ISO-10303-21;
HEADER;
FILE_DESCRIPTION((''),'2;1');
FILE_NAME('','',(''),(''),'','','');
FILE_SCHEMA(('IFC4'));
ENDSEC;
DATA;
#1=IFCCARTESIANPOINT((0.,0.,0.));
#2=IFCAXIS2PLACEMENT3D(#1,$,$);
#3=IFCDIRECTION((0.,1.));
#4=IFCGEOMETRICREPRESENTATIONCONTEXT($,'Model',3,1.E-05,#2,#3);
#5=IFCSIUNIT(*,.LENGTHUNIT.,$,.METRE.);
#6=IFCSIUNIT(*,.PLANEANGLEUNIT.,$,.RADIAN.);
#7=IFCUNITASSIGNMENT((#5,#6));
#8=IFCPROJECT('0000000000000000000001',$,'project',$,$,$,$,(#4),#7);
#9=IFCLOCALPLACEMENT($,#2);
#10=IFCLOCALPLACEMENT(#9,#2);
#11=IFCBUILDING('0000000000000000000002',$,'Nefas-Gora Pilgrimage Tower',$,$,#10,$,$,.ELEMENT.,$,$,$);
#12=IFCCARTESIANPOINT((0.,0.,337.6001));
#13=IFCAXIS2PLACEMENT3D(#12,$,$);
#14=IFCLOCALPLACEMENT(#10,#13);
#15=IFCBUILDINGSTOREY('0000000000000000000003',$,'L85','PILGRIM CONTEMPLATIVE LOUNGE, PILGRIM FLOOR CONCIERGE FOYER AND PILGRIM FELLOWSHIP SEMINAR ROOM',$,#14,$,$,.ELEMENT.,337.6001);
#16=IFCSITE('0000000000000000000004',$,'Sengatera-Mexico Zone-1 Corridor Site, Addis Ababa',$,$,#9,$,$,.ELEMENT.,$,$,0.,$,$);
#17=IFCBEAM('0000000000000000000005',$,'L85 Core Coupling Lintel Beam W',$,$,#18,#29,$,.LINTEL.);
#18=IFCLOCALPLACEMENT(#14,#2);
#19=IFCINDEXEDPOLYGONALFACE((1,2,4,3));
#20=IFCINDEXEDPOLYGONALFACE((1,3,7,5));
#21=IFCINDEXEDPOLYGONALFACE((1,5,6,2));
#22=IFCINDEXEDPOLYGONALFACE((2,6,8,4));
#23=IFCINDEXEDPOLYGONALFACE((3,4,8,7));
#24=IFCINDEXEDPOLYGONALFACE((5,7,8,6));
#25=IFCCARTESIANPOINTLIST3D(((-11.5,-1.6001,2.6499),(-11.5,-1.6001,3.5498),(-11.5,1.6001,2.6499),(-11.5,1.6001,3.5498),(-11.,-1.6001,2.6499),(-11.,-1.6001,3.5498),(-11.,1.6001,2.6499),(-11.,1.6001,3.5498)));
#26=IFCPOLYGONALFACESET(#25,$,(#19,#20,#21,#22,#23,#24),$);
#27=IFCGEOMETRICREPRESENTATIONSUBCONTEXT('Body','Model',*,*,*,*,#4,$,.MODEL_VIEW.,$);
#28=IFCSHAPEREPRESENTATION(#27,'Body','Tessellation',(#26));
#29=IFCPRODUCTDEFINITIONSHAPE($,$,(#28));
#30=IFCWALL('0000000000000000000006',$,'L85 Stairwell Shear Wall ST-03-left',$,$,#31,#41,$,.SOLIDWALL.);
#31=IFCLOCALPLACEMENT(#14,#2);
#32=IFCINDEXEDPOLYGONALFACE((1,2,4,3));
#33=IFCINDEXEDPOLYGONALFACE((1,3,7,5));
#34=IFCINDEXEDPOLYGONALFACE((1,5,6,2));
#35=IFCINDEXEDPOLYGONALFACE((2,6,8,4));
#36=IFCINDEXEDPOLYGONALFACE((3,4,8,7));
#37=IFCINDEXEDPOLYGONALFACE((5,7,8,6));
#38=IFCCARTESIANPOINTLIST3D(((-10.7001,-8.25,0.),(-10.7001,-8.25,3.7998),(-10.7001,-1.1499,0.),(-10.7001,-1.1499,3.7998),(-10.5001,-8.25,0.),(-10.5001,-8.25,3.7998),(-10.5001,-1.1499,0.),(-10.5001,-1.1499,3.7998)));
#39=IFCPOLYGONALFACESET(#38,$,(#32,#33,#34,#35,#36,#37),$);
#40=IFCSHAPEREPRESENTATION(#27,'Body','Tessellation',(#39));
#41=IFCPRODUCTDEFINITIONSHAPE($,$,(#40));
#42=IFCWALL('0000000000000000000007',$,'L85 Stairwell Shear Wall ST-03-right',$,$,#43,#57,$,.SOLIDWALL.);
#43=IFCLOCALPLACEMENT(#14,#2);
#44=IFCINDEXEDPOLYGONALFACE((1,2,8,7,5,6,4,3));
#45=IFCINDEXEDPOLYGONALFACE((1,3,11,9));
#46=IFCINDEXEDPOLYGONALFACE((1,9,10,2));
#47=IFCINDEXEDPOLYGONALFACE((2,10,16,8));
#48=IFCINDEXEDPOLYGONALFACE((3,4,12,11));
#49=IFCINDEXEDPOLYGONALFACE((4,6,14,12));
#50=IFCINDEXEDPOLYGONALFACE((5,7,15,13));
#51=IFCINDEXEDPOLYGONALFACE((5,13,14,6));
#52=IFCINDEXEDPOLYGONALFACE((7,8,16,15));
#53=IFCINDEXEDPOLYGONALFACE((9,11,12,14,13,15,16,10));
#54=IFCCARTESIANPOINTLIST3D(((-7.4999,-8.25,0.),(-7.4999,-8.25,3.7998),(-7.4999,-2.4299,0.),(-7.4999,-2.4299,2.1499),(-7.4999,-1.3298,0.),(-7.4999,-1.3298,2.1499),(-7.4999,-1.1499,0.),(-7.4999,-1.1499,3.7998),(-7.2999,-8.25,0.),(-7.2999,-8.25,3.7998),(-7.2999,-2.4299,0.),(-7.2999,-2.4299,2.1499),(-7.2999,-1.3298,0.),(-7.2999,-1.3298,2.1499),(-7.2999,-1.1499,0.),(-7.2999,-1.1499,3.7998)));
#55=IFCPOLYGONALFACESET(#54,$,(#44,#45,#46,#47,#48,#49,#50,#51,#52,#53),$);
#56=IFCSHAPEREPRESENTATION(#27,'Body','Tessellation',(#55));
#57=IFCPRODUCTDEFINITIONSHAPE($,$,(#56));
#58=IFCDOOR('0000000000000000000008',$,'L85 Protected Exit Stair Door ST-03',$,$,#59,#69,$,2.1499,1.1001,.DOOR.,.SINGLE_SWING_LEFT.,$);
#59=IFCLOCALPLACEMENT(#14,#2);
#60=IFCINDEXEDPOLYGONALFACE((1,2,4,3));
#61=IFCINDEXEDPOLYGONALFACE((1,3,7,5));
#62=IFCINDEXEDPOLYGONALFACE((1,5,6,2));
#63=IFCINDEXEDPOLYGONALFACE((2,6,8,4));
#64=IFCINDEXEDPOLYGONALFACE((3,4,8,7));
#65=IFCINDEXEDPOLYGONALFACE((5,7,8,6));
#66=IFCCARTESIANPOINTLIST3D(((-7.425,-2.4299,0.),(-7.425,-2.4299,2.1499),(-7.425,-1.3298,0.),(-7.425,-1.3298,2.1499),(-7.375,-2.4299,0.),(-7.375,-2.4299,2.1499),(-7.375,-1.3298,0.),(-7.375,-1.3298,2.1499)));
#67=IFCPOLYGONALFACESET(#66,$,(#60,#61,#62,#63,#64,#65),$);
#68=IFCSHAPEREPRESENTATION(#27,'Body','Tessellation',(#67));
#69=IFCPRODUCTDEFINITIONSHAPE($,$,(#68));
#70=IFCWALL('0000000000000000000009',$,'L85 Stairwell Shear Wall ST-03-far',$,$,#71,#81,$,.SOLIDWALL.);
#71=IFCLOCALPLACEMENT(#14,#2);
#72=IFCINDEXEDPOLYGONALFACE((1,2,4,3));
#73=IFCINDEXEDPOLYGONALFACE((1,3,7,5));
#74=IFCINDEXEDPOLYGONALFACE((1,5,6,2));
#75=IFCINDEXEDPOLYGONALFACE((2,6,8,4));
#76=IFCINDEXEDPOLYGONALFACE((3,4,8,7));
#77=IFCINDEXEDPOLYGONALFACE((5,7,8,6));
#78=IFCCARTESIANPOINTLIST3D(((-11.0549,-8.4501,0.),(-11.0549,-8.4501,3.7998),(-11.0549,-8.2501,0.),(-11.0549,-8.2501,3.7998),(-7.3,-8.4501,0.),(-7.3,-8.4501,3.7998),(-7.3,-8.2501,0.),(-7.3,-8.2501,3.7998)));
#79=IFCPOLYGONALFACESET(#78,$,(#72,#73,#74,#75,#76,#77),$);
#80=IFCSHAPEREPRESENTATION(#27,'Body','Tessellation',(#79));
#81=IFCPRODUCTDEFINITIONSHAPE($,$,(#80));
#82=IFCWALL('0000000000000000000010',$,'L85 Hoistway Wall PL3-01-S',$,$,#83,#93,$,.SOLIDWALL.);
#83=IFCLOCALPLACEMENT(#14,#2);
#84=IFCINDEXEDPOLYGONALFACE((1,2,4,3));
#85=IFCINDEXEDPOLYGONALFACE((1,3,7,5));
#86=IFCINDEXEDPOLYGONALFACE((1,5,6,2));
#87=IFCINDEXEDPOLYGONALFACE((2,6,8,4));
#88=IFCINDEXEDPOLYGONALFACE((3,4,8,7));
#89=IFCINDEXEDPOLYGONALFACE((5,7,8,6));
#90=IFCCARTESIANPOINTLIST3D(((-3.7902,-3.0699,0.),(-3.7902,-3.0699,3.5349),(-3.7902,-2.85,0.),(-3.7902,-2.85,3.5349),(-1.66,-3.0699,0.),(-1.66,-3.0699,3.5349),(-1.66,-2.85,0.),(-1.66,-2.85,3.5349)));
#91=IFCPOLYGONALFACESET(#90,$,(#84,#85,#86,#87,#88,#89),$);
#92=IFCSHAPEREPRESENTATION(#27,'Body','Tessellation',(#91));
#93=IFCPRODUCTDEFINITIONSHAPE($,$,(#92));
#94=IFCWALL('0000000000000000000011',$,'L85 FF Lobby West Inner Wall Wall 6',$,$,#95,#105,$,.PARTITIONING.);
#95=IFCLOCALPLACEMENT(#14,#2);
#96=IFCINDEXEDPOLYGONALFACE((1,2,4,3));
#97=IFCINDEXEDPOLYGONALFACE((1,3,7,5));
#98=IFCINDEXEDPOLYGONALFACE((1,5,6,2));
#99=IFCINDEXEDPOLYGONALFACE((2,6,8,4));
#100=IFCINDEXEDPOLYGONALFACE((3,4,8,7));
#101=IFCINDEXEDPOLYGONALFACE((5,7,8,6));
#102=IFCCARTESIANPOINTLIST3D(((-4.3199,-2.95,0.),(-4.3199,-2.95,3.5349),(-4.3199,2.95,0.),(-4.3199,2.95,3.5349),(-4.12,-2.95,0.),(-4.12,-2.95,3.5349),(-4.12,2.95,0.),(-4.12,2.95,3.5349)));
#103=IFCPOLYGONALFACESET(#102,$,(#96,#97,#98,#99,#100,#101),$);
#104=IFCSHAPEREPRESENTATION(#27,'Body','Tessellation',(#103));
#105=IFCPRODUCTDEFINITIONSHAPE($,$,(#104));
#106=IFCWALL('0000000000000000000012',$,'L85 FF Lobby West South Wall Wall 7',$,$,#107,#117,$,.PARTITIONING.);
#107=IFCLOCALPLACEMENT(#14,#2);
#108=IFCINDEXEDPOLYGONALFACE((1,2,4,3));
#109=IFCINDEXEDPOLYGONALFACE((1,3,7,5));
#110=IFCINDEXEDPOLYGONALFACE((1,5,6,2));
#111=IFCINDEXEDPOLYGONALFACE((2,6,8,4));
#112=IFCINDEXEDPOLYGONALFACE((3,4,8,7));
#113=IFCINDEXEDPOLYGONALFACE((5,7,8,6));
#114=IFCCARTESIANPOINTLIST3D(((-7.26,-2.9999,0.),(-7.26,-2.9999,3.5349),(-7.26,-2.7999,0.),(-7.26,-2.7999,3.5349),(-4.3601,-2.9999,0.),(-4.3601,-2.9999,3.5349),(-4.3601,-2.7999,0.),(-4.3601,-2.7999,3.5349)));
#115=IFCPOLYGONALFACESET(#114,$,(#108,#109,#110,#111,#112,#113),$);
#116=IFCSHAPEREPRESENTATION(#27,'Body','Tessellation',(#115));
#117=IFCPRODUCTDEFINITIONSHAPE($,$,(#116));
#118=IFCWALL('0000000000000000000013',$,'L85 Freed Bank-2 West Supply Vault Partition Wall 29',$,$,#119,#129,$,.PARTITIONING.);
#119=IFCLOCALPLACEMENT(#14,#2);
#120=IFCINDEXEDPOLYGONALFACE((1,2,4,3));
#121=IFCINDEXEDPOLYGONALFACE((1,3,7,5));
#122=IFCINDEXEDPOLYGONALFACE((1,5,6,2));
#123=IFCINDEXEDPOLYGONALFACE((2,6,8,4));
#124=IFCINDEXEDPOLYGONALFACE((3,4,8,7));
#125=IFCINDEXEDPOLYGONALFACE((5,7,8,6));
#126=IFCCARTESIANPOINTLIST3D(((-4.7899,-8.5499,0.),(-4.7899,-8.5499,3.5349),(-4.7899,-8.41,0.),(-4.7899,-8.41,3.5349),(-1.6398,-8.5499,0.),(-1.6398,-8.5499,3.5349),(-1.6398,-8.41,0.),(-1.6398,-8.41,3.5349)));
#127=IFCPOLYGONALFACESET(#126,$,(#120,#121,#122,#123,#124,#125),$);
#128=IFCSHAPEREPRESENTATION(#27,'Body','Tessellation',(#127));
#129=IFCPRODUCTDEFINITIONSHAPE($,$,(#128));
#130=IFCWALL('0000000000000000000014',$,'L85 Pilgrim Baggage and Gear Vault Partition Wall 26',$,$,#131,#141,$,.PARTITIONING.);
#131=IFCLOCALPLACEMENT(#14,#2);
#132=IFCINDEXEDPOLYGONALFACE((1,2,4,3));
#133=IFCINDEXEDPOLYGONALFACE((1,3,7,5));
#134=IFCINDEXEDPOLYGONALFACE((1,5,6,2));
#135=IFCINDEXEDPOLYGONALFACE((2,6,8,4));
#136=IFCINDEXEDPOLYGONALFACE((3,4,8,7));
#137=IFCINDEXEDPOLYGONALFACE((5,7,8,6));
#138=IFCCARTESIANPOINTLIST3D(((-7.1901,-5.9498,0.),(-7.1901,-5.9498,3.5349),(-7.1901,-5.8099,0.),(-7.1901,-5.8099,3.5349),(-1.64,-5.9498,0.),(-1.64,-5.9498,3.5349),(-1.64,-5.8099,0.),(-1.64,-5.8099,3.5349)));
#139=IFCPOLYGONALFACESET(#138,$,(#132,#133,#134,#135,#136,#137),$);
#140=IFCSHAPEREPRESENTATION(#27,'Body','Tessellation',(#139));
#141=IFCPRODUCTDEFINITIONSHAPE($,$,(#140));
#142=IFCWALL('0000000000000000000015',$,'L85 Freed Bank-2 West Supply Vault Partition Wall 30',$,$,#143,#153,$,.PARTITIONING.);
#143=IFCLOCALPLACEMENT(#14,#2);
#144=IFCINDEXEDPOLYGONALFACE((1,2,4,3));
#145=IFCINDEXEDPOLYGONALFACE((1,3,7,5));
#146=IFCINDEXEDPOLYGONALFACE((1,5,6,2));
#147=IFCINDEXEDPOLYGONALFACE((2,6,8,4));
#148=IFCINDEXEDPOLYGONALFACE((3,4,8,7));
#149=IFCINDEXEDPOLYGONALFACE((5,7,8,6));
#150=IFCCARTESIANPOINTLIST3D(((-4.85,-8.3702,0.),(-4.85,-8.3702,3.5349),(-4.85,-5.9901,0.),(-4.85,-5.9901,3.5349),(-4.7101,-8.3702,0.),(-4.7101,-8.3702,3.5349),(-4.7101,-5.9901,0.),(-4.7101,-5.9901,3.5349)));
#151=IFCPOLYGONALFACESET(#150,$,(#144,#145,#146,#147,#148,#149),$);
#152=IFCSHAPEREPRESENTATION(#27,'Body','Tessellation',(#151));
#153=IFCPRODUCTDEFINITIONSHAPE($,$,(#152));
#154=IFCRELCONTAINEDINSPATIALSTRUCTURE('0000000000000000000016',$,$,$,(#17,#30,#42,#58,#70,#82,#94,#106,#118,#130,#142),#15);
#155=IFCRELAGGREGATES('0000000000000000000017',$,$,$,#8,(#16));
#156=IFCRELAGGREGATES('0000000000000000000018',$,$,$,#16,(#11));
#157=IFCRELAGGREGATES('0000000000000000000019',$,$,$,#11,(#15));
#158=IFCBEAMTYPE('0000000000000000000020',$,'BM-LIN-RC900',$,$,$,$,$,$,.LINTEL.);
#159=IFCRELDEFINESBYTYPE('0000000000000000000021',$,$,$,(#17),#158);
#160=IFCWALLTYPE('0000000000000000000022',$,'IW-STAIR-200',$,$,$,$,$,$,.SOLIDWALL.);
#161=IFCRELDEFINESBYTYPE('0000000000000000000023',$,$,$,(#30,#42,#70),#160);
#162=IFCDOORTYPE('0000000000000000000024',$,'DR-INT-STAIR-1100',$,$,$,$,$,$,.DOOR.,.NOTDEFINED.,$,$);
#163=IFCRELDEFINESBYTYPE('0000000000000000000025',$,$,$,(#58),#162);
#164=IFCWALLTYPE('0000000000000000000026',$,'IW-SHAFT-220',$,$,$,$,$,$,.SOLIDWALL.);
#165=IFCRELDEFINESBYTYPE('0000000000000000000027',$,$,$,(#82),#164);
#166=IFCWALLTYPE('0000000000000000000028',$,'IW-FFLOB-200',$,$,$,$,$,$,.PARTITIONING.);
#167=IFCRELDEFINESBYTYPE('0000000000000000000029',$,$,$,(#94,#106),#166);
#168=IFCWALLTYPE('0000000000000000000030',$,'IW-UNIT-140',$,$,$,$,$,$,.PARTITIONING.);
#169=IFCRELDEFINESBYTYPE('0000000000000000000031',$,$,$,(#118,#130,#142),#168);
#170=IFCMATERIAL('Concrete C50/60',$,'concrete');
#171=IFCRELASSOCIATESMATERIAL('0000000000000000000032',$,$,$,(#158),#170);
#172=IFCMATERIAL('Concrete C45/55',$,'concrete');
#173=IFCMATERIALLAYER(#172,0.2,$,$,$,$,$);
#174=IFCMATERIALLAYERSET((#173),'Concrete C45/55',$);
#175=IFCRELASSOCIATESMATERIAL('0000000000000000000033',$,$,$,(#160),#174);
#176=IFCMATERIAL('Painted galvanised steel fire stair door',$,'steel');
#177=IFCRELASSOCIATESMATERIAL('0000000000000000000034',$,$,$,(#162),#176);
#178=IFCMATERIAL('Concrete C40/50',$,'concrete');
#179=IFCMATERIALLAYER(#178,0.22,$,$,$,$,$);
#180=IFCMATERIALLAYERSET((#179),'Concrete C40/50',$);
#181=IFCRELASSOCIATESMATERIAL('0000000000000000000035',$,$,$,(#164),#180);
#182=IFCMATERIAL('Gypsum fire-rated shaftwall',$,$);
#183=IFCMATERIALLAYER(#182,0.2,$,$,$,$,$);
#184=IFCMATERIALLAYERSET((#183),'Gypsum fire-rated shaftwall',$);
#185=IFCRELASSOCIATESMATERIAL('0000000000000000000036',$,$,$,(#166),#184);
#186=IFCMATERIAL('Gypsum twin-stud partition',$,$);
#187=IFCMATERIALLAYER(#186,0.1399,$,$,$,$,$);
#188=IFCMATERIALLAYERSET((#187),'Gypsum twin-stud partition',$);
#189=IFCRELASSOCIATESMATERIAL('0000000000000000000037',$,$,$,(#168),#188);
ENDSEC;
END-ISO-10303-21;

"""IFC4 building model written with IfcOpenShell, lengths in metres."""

from ifc_helpers import new_model, si_unit, direction, frame, frame_2d, origin, origin_2d, place, context, subcontext, project, spatial, rectangle, extrude, source, transform, mapped, material, layer, layer_set, material_profile, profile_set, type_object, element, fill, save


model = new_model("IFC4")

# Units and contexts
model_context = context("Model", 3, precision=1e-05, world=origin(), true_north=direction((0.0, 1.0)))
body_context = subcontext(model_context, "Body", "Model", "MODEL_VIEW")
ifc_project = project(units=[si_unit("LENGTHUNIT", "METRE"), si_unit("PLANEANGLEUNIT", "RADIAN")], contexts=[model_context])

# Site, building, storey
site_placement = place(None, origin())
site = spatial("IfcSite", under=ifc_project, at=site_placement, Name="Sengatera-Mexico Zone-1 Corridor Site, Addis Ababa", CompositionType="ELEMENT", RefElevation=0.0)
building_placement = place(site_placement, origin())
building = spatial("IfcBuilding", under=site, at=building_placement, Name="Nefas-Gora Pilgrimage Tower", CompositionType="ELEMENT")
storey_placement = place(building_placement, frame((0.0, 0.0, 337.6001)))
storey = spatial("IfcBuildingStorey", under=building, at=storey_placement, Name="L85", Description="PILGRIM CONTEMPLATIVE LOUNGE, PILGRIM FLOOR CONCIERGE FOYER AND PILGRIM FELLOWSHIP SEMINAR ROOM", CompositionType="ELEMENT", Elevation=337.6001)

# Beam
ifc_material_1 = material(Name="Concrete C50/60", Category="concrete")
ifc_material_profile = material_profile(ifc_material_1, rectangle(XDim=0.5, YDim=0.8999, at=origin_2d()), Name="RC 500x900")
ifc_profile_set = profile_set([ifc_material_profile], Name="Concrete C50/60")
beam_type = type_object("IfcBeamType", Name="BM-LIN-RC900", PredefinedType="LINTEL", material=ifc_profile_set)
shared_shape_1 = source(origin(), body_context, "Body", "SweptSolid", [
    extrude(rectangle(XDim=0.5, YDim=0.8999, at=origin_2d()), origin(), (0.0, 0.0, 1.0), 3.2002),
])
beam_placement = place(storey_placement, frame((-11.25, -1.6001, 3.0999), z_axis=(0.0, 1.0, 0.0), x_axis=(-1.0, 0.0, 0.0)))
element("IfcBeam", 1, at=beam_placement, inside=storey, type_object=beam_type, Name="L85 Core Coupling Lintel Beam W", PredefinedType="LINTEL", context=body_context, shape_type="MappedRepresentation", body=[
    mapped(shared_shape_1, transform((0.0, 0.0, 0.0), x_axis=(1.0, 0.0, 0.0), y_axis=(0.0, 1.0, 0.0), z_axis=(0.0, 0.0, 1.0), scale=1.0)),
])

# Wall
ifc_material_2 = material(Name="Concrete C45/55", Category="concrete")
ifc_layer_1 = layer(ifc_material_2, 0.2)
ifc_layer_set_1 = layer_set([ifc_layer_1], Name="Concrete C45/55")
wall_type_1 = type_object("IfcWallType", Name="IW-STAIR-200", PredefinedType="SOLIDWALL", material=ifc_layer_set_1)
shared_shape_2 = source(origin(), body_context, "Body", "SweptSolid", [
    extrude(rectangle(XDim=7.1001, YDim=0.2, at=frame_2d((3.55, 0.0))), origin(), (0.0, 0.0, 1.0), 3.7998),
])
wall_1_placement = place(storey_placement, frame((-10.6001, -1.1499, 0.0), z_axis=(0.0, 0.0, 1.0), x_axis=(0.0, -1.0, 0.0)))
element("IfcWall", 2, at=wall_1_placement, inside=storey, type_object=wall_type_1, Name="L85 Stairwell Shear Wall ST-03-left", PredefinedType="SOLIDWALL", context=body_context, shape_type="MappedRepresentation", body=[
    mapped(shared_shape_2, transform((0.0, 0.0, 0.0), x_axis=(1.0, 0.0, 0.0), y_axis=(0.0, 1.0, 0.0), z_axis=(0.0, 0.0, 1.0), scale=1.0)),
])

# Wall, opening, door
wall_2_placement = place(storey_placement, frame((-7.3999, -1.1499, 0.0), z_axis=(0.0, 0.0, 1.0), x_axis=(0.0, -1.0, 0.0)))
wall_2 = element("IfcWall", 3, at=wall_2_placement, inside=storey, type_object=wall_type_1, Name="L85 Stairwell Shear Wall ST-03-right", PredefinedType="SOLIDWALL", context=body_context, shape_type="MappedRepresentation", body=[
    mapped(shared_shape_2, transform((0.0, 0.0, 0.0), x_axis=(1.0, 0.0, 0.0), y_axis=(0.0, 1.0, 0.0), z_axis=(0.0, 0.0, 1.0), scale=1.0)),
])
opening_placement = place(wall_2_placement, frame((0.1799, 0.0, 0.0)))
opening = element("IfcOpeningElement", 4, at=opening_placement, cuts=wall_2, PredefinedType="OPENING", context=body_context, shape_type="SweptSolid", body=[
    extrude(rectangle(XDim=1.1001, YDim=2.1499, at=frame_2d((0.55, 1.075))), frame((0.0, 0.1099, 0.0), z_axis=(0.0, -1.0, 0.0), x_axis=(1.0, 0.0, 0.0)), (0.0, 0.0, 1.0), 0.22),
])
ifc_material_3 = material(Name="Painted galvanised steel fire stair door", Category="steel")
door_type = type_object("IfcDoorType", Name="DR-INT-STAIR-1100", OperationType="NOTDEFINED", PredefinedType="DOOR", material=ifc_material_3)
shared_shape_3 = source(origin(), body_context, "Body", "SweptSolid", [
    extrude(rectangle(XDim=1.1001, YDim=2.1499, at=frame_2d((0.55, 1.075))), frame((0.0, 0.0249, 0.0), z_axis=(0.0, -1.0, 0.0), x_axis=(1.0, 0.0, 0.0)), (0.0, 0.0, 1.0), 0.05),
])
door_placement = place(opening_placement, origin())
door = element("IfcDoor", 5, at=door_placement, inside=storey, type_object=door_type, Name="L85 Protected Exit Stair Door ST-03", OperationType="SINGLE_SWING_LEFT", OverallHeight=2.1499, OverallWidth=1.1001, PredefinedType="DOOR", context=body_context, shape_type="MappedRepresentation", body=[
    mapped(shared_shape_3, transform((0.0, 0.0, 0.0), x_axis=(1.0, 0.0, 0.0), y_axis=(0.0, 1.0, 0.0), z_axis=(0.0, 0.0, 1.0), scale=1.0)),
])
fill(opening, door)

# Walls
shared_shape_4 = source(origin(), body_context, "Body", "SweptSolid", [
    extrude(rectangle(XDim=3.7549, YDim=0.2, at=frame_2d((1.8774, 0.0))), origin(), (0.0, 0.0, 1.0), 3.7998),
])
wall_3_placement = place(storey_placement, frame((-11.0549, -8.3501, 0.0), z_axis=(0.0, 0.0, 1.0), x_axis=(1.0, 0.0, 0.0)))
element("IfcWall", 6, at=wall_3_placement, inside=storey, type_object=wall_type_1, Name="L85 Stairwell Shear Wall ST-03-far", PredefinedType="SOLIDWALL", context=body_context, shape_type="MappedRepresentation", body=[
    mapped(shared_shape_4, transform((0.0, 0.0, 0.0), x_axis=(1.0, 0.0, 0.0), y_axis=(0.0, 1.0, 0.0), z_axis=(0.0, 0.0, 1.0), scale=1.0)),
])
ifc_material_4 = material(Name="Concrete C40/50", Category="concrete")
ifc_layer_2 = layer(ifc_material_4, 0.22)
ifc_layer_set_2 = layer_set([ifc_layer_2], Name="Concrete C40/50")
wall_type_2 = type_object("IfcWallType", Name="IW-SHAFT-220", PredefinedType="SOLIDWALL", material=ifc_layer_set_2)
shared_shape_5 = source(origin(), body_context, "Body", "SweptSolid", [
    extrude(rectangle(XDim=2.1301, YDim=0.22, at=frame_2d((1.0649, 0.0))), origin(), (0.0, 0.0, 1.0), 3.5349),
])
wall_4_placement = place(storey_placement, frame((-3.79, -2.96, 0.0), z_axis=(0.0, 0.0, 1.0), x_axis=(1.0, 0.0, 0.0)))
element("IfcWall", 7, at=wall_4_placement, inside=storey, type_object=wall_type_2, Name="L85 Hoistway Wall PL3-01-S", PredefinedType="SOLIDWALL", context=body_context, shape_type="MappedRepresentation", body=[
    mapped(shared_shape_5, transform((0.0, 0.0, 0.0), x_axis=(1.0, 0.0, 0.0), y_axis=(0.0, 1.0, 0.0), z_axis=(0.0, 0.0, 1.0), scale=1.0)),
])
ifc_material_5 = material(Name="Gypsum fire-rated shaftwall")
ifc_layer_3 = layer(ifc_material_5, 0.2)
ifc_layer_set_3 = layer_set([ifc_layer_3], Name="Gypsum fire-rated shaftwall")
wall_type_3 = type_object("IfcWallType", Name="IW-FFLOB-200", PredefinedType="PARTITIONING", material=ifc_layer_set_3)
shared_shape_6 = source(origin(), body_context, "Body", "SweptSolid", [
    extrude(rectangle(XDim=5.8999, YDim=0.2, at=frame_2d((2.95, 0.0))), origin(), (0.0, 0.0, 1.0), 3.5349),
])
wall_5_placement = place(storey_placement, frame((-4.22, -2.95, 0.0), z_axis=(0.0, 0.0, 1.0), x_axis=(0.0, 1.0, 0.0)))
element("IfcWall", 8, at=wall_5_placement, inside=storey, type_object=wall_type_3, Name="L85 FF Lobby West Inner Wall Wall 6", PredefinedType="PARTITIONING", context=body_context, shape_type="MappedRepresentation", body=[
    mapped(shared_shape_6, transform((0.0, 0.0, 0.0), x_axis=(1.0, 0.0, 0.0), y_axis=(0.0, 1.0, 0.0), z_axis=(0.0, 0.0, 1.0), scale=1.0)),
])
shared_shape_7 = source(origin(), body_context, "Body", "SweptSolid", [
    extrude(rectangle(XDim=2.8999, YDim=0.2, at=frame_2d((1.45, 0.0))), origin(), (0.0, 0.0, 1.0), 3.5349),
])
wall_6_placement = place(storey_placement, frame((-7.26, -2.8999, 0.0), z_axis=(0.0, 0.0, 1.0), x_axis=(1.0, 0.0, 0.0)))
element("IfcWall", 9, at=wall_6_placement, inside=storey, type_object=wall_type_3, Name="L85 FF Lobby West South Wall Wall 7", PredefinedType="PARTITIONING", context=body_context, shape_type="MappedRepresentation", body=[
    mapped(shared_shape_7, transform((0.0, 0.0, 0.0), x_axis=(1.0, 0.0, 0.0), y_axis=(0.0, 1.0, 0.0), z_axis=(0.0, 0.0, 1.0), scale=1.0)),
])
ifc_material_6 = material(Name="Gypsum twin-stud partition")
ifc_layer_4 = layer(ifc_material_6, 0.1399)
ifc_layer_set_4 = layer_set([ifc_layer_4], Name="Gypsum twin-stud partition")
wall_type_4 = type_object("IfcWallType", Name="IW-UNIT-140", PredefinedType="PARTITIONING", material=ifc_layer_set_4)
shared_shape_8 = source(origin(), body_context, "Body", "SweptSolid", [
    extrude(rectangle(XDim=3.1501, YDim=0.1399, at=frame_2d((1.5752, 0.0))), origin(), (0.0, 0.0, 1.0), 3.5349),
])
wall_7_placement = place(storey_placement, frame((-4.79, -8.48, 0.0), z_axis=(0.0, 0.0, 1.0), x_axis=(1.0, 0.0, 0.0)))
element("IfcWall", 10, at=wall_7_placement, inside=storey, type_object=wall_type_4, Name="L85 Freed Bank-2 West Supply Vault Partition Wall 29", PredefinedType="PARTITIONING", context=body_context, shape_type="MappedRepresentation", body=[
    mapped(shared_shape_8, transform((0.0, 0.0, 0.0), x_axis=(1.0, 0.0, 0.0), y_axis=(0.0, 1.0, 0.0), z_axis=(0.0, 0.0, 1.0), scale=1.0)),
])
shared_shape_9 = source(origin(), body_context, "Body", "SweptSolid", [
    extrude(rectangle(XDim=5.55, YDim=0.1399, at=frame_2d((2.7749, 0.0))), origin(), (0.0, 0.0, 1.0), 3.5349),
])
wall_8_placement = place(storey_placement, frame((-7.1899, -5.8799, 0.0), z_axis=(0.0, 0.0, 1.0), x_axis=(1.0, 0.0, 0.0)))
element("IfcWall", 11, at=wall_8_placement, inside=storey, type_object=wall_type_4, Name="L85 Pilgrim Baggage and Gear Vault Partition Wall 26", PredefinedType="PARTITIONING", context=body_context, shape_type="MappedRepresentation", body=[
    mapped(shared_shape_9, transform((0.0, 0.0, 0.0), x_axis=(1.0, 0.0, 0.0), y_axis=(0.0, 1.0, 0.0), z_axis=(0.0, 0.0, 1.0), scale=1.0)),
])
shared_shape_10 = source(origin(), body_context, "Body", "SweptSolid", [
    extrude(rectangle(XDim=2.3801, YDim=0.1399, at=frame_2d((1.1899, 0.0))), origin(), (0.0, 0.0, 1.0), 3.5349),
])
wall_9_placement = place(storey_placement, frame((-4.78, -8.3701, 0.0), z_axis=(0.0, 0.0, 1.0), x_axis=(0.0, 1.0, 0.0)))
element("IfcWall", 12, at=wall_9_placement, inside=storey, type_object=wall_type_4, Name="L85 Freed Bank-2 West Supply Vault Partition Wall 30", PredefinedType="PARTITIONING", context=body_context, shape_type="MappedRepresentation", body=[
    mapped(shared_shape_10, transform((0.0, 0.0, 0.0), x_axis=(1.0, 0.0, 0.0), y_axis=(0.0, 1.0, 0.0), z_axis=(0.0, 0.0, 1.0), scale=1.0)),
])

save(model, "model.ifc")
